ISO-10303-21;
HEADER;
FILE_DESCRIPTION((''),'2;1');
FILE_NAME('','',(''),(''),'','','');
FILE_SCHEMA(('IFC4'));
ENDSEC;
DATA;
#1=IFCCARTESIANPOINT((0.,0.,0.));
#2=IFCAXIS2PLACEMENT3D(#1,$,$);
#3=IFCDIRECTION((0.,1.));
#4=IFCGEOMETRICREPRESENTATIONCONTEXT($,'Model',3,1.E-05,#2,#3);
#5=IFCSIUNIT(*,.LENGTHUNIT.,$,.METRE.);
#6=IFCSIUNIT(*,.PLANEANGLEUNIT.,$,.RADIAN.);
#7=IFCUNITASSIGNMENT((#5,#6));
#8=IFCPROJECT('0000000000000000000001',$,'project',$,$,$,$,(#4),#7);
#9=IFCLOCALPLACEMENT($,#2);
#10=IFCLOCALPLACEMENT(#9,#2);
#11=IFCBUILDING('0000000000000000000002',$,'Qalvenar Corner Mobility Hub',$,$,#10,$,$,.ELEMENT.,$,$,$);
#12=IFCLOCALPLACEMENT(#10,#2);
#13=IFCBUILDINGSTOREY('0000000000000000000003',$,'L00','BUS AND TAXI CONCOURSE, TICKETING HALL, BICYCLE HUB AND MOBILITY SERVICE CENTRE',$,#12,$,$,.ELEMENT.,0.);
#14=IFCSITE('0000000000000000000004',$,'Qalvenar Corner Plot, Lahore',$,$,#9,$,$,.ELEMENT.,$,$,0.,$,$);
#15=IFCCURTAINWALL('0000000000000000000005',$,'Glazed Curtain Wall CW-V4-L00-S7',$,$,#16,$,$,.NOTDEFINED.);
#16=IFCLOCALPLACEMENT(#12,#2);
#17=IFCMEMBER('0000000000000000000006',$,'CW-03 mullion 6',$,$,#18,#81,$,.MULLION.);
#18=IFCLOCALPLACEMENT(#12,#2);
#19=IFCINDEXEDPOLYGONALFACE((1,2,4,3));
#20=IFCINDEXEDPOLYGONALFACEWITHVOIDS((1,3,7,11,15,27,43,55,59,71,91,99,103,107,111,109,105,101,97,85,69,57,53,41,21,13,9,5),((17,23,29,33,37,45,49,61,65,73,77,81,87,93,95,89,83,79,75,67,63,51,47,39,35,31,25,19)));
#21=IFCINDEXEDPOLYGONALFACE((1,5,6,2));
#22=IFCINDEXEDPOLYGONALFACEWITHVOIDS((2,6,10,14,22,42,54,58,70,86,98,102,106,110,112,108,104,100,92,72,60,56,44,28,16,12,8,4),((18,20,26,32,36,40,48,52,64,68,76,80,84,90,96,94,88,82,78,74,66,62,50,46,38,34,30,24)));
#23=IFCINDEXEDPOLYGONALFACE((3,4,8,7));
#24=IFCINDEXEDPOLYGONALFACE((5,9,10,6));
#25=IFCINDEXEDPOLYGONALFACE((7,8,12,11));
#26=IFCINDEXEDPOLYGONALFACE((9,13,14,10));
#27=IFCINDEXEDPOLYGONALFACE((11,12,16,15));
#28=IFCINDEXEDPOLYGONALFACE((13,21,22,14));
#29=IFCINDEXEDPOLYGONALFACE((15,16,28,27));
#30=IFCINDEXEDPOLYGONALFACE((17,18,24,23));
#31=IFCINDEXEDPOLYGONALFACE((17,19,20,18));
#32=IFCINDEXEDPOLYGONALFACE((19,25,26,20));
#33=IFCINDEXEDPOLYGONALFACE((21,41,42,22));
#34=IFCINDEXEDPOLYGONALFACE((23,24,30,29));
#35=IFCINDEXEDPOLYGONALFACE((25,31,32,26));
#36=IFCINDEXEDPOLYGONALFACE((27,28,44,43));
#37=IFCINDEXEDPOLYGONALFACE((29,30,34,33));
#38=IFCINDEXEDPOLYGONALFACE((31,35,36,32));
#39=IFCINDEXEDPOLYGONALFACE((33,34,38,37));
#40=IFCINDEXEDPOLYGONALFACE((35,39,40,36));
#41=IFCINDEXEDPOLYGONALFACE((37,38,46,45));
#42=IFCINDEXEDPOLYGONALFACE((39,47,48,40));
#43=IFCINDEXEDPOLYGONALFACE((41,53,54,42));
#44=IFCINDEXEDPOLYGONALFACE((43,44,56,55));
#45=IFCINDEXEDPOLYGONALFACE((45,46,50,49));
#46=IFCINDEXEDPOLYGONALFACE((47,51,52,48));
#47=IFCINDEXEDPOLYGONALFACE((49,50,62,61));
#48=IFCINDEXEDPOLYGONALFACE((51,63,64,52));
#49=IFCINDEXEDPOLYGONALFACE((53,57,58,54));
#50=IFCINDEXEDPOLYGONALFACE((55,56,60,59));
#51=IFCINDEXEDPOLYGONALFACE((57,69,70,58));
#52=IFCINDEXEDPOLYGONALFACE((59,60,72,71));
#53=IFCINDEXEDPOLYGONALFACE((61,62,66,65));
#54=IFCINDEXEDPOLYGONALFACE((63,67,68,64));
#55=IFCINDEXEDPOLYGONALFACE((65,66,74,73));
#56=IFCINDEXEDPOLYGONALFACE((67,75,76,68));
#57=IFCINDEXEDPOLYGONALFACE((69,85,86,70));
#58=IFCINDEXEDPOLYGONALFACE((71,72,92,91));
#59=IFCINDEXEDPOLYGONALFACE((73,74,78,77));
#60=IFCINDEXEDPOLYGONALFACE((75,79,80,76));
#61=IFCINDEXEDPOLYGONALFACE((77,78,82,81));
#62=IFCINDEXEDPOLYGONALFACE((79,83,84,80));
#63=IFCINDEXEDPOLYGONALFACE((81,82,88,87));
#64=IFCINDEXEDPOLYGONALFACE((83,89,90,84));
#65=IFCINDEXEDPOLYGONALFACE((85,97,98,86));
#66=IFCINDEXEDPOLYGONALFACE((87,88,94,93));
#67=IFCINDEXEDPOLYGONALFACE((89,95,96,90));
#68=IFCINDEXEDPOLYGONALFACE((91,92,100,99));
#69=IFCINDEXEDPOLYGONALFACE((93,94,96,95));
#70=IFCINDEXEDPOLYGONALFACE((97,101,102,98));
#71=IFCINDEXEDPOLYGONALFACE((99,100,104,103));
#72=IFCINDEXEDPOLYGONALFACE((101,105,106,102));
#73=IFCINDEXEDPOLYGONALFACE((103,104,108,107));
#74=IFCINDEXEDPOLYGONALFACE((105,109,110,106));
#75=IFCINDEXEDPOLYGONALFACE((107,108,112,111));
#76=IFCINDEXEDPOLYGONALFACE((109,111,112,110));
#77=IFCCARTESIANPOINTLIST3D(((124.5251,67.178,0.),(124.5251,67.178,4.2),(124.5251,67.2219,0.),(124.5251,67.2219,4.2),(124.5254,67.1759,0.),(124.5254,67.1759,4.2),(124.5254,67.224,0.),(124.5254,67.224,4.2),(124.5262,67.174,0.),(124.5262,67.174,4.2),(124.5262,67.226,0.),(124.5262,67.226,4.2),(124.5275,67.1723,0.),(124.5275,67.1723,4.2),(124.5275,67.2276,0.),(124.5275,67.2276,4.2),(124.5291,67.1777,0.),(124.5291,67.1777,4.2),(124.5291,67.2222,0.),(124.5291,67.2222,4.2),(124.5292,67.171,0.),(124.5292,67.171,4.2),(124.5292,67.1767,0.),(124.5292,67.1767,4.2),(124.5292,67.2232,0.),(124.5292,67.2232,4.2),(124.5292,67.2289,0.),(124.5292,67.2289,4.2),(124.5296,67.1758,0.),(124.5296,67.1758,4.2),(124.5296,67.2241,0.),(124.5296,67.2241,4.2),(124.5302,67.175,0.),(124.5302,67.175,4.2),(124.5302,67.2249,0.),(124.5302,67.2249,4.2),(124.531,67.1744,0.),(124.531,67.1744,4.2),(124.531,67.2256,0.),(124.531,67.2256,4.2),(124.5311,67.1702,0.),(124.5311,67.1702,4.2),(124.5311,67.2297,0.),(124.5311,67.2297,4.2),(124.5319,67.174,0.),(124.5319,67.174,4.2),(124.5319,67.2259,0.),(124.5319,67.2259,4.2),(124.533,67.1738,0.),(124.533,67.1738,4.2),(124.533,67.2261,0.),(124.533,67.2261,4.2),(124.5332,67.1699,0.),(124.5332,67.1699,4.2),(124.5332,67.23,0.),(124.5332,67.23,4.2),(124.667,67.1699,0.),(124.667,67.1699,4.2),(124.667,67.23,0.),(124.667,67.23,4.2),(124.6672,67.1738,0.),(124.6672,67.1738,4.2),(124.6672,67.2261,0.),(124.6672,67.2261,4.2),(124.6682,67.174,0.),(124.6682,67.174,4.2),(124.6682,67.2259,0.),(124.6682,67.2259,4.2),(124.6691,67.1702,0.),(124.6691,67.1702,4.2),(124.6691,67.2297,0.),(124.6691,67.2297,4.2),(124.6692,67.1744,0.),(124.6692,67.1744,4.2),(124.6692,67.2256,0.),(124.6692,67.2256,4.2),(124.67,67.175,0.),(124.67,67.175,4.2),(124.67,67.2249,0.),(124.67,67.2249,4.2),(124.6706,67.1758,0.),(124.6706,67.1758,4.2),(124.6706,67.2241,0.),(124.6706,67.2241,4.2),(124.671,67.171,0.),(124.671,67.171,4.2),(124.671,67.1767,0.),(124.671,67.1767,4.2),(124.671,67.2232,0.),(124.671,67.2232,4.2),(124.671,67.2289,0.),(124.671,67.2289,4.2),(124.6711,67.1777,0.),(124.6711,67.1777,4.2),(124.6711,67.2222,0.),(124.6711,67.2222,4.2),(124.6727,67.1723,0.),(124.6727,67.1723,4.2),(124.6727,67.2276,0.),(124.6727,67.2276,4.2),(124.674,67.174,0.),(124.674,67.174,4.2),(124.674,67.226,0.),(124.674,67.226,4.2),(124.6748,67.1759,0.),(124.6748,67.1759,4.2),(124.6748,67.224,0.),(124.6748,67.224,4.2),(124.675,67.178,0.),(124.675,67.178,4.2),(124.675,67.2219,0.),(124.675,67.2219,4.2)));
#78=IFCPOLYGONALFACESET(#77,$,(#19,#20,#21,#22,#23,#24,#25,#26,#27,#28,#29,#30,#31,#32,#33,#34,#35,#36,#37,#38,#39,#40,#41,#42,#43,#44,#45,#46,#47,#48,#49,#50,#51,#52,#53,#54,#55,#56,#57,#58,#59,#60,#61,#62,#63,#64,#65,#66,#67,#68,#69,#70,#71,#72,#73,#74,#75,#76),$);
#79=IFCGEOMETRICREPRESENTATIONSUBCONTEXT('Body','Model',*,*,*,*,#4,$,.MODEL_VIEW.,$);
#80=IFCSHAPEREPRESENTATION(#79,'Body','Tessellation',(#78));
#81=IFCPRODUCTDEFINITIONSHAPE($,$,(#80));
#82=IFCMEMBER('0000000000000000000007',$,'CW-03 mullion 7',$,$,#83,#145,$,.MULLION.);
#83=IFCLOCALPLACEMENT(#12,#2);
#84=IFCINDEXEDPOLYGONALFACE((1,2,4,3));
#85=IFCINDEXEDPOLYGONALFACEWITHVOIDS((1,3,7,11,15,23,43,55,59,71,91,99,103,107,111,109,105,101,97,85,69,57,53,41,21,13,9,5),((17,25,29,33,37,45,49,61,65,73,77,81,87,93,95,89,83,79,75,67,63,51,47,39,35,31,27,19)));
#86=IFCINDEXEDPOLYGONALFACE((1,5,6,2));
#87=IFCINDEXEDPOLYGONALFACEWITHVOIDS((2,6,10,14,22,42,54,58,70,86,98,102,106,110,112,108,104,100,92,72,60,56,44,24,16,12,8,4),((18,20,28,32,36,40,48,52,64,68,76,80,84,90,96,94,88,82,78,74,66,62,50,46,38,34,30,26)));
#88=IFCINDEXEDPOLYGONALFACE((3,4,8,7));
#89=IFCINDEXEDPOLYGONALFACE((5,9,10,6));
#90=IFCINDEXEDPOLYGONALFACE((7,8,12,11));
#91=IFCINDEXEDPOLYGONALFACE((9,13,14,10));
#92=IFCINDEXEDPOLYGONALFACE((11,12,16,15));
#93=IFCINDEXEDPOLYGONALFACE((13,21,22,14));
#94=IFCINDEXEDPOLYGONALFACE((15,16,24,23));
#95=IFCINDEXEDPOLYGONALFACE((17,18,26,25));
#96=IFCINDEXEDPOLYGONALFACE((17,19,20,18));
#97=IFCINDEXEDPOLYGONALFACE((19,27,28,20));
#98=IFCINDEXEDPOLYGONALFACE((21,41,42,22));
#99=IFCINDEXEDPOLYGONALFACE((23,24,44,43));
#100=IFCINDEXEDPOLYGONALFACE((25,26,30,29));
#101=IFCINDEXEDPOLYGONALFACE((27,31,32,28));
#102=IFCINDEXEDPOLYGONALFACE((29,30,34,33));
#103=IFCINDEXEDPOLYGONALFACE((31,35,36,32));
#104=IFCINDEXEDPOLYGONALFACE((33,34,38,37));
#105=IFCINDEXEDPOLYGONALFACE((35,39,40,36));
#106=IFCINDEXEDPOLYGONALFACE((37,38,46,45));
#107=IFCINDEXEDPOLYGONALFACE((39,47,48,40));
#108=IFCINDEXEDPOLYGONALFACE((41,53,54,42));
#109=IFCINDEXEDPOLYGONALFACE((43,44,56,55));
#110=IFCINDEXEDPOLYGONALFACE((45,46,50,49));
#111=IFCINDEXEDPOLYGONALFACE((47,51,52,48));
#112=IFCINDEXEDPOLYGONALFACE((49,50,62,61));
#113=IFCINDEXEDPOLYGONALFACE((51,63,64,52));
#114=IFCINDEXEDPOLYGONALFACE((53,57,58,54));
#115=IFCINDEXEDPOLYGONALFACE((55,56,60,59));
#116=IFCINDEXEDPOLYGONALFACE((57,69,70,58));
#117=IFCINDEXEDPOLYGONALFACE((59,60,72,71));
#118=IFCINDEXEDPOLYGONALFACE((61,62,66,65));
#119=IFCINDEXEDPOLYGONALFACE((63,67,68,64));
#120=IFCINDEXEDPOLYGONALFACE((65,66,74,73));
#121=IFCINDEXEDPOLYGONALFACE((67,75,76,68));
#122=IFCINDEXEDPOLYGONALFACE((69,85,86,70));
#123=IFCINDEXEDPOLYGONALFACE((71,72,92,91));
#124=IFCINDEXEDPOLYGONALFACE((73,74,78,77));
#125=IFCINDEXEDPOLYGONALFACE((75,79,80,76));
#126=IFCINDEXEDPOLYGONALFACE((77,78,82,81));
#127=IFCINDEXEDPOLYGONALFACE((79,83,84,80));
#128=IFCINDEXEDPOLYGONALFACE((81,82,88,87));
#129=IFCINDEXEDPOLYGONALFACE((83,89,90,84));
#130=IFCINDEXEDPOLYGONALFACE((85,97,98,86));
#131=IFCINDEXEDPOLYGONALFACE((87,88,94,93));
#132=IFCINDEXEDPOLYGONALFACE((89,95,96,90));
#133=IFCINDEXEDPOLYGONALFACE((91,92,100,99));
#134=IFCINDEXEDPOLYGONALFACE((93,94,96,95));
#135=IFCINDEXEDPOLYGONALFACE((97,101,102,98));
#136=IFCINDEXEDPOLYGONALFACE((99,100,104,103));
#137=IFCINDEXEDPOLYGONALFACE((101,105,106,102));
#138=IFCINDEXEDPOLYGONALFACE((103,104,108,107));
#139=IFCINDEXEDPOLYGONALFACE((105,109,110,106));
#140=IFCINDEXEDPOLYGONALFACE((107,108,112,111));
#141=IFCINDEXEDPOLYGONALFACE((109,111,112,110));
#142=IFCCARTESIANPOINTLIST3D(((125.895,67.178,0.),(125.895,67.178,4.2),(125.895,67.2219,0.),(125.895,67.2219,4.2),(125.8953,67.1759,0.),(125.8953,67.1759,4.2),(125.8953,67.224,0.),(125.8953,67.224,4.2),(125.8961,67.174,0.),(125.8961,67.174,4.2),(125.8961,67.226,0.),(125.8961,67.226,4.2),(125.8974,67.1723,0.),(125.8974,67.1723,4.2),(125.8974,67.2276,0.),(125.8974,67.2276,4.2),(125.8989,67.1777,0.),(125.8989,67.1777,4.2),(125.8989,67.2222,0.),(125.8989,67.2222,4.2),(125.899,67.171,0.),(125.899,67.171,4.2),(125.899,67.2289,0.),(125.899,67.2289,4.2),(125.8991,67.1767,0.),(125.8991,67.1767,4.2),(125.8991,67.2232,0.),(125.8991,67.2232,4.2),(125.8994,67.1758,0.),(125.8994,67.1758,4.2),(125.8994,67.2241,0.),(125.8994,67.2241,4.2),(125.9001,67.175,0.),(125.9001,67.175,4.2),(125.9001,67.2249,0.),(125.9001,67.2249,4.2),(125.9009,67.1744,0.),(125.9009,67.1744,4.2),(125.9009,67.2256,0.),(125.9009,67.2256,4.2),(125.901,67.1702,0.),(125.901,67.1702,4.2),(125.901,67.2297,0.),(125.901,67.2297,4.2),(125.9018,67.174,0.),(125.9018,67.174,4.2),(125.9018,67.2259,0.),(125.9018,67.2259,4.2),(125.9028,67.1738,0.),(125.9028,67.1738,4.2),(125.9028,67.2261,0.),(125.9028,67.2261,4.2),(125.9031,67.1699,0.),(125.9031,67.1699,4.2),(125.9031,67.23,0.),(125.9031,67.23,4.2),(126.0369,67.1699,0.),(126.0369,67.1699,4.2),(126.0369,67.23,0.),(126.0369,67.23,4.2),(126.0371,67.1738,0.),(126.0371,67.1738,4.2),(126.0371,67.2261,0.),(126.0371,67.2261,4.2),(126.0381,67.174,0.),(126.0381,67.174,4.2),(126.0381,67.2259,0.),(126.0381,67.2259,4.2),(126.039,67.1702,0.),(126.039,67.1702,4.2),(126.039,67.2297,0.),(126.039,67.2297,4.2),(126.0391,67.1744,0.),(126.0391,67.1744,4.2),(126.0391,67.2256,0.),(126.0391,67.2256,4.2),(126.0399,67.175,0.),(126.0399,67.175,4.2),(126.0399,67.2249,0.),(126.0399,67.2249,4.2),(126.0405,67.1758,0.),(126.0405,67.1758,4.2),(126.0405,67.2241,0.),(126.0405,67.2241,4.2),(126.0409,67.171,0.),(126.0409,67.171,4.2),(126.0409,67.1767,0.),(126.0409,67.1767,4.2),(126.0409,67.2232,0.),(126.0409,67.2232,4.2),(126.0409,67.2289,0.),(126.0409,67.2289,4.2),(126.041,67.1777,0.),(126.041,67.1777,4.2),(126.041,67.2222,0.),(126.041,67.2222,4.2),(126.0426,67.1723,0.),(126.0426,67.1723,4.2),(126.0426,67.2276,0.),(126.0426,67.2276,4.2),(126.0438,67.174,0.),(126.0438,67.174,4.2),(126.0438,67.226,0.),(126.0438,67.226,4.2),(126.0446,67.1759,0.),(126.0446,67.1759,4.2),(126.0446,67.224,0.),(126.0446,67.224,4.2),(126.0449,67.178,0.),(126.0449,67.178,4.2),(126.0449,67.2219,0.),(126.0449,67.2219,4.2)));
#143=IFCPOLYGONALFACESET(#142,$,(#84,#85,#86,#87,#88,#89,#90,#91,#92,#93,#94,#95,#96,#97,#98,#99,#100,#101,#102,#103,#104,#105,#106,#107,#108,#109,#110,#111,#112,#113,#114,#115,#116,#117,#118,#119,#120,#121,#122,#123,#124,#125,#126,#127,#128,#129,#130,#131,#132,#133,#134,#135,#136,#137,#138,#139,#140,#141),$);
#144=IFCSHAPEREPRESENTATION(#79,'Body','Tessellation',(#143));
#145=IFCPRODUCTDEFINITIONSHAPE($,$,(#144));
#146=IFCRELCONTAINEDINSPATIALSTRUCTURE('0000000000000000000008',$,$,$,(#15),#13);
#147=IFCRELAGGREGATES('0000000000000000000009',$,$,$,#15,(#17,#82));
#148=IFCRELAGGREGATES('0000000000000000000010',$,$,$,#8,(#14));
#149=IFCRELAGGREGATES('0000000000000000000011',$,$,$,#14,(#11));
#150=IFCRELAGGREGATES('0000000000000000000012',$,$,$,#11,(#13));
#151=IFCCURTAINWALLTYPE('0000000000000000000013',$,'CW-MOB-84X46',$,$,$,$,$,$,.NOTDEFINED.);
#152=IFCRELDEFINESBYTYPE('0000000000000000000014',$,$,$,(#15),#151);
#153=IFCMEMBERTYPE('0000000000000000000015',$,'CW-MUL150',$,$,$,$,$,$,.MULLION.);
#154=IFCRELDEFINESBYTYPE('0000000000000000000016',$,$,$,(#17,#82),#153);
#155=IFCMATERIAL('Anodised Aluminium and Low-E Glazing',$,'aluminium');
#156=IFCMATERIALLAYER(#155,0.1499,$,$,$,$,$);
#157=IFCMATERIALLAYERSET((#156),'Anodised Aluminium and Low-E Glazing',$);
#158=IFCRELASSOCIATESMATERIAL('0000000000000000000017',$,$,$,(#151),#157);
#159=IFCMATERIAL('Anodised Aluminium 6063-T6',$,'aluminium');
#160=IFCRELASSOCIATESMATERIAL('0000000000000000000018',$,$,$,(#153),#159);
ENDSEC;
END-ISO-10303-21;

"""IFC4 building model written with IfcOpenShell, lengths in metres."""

from ifc_helpers import new_model, si_unit, direction, frame, origin, origin_2d, place, context, subcontext, project, spatial, hollow_rectangle, extrude, material, layer, layer_set, material_profile, profile_set, type_object, element, aggregate, save


model = new_model("IFC4")

# Units and contexts
model_context = context("Model", 3, precision=1e-05, world=origin(), true_north=direction((0.0, 1.0)))
body_context = subcontext(model_context, "Body", "Model", "MODEL_VIEW")
ifc_project = project(units=[si_unit("LENGTHUNIT", "METRE"), si_unit("PLANEANGLEUNIT", "RADIAN")], contexts=[model_context])

# Site, building, storey
site_placement = place(None, origin())
site = spatial("IfcSite", under=ifc_project, at=site_placement, Name="Qalvenar Corner Plot, Lahore", CompositionType="ELEMENT", RefElevation=0.0)
building_placement = place(site_placement, origin())
building = spatial("IfcBuilding", under=site, at=building_placement, Name="Qalvenar Corner Mobility Hub", CompositionType="ELEMENT")
storey_placement = place(building_placement, origin())
storey = spatial("IfcBuildingStorey", under=building, at=storey_placement, Name="L00", Description="BUS AND TAXI CONCOURSE, TICKETING HALL, BICYCLE HUB AND MOBILITY SERVICE CENTRE", CompositionType="ELEMENT", Elevation=0.0)

# Curtain wall, members
ifc_material_1 = material(Name="Anodised Aluminium and Low-E Glazing", Category="aluminium")
ifc_layer_1 = layer(ifc_material_1, 0.1499)
ifc_layer_set_1 = layer_set([ifc_layer_1], Name="Anodised Aluminium and Low-E Glazing")
curtain_wall_type = type_object("IfcCurtainWallType", Name="CW-MOB-84X46", PredefinedType="NOTDEFINED", material=ifc_layer_set_1)
curtain_wall_placement = place(storey_placement, origin())
curtain_wall = element("IfcCurtainWall", 1, at=curtain_wall_placement, inside=storey, type_object=curtain_wall_type, Name="Glazed Curtain Wall CW-V4-L00-S7", PredefinedType="NOTDEFINED")
ifc_material_2 = material(Name="Anodised Aluminium 6063-T6", Category="aluminium")
ifc_material_profile_1 = material_profile(ifc_material_2, hollow_rectangle(XDim=0.0601, YDim=0.1499, WallThickness=0.0039, InnerFilletRadius=0.0039, OuterFilletRadius=0.0081, at=origin_2d()), Name="RHS150x60x4")
ifc_profile_set_1 = profile_set([ifc_material_profile_1], Name="Anodised Aluminium 6063-T6")
member_type_1 = type_object("IfcMemberType", Name="CW-MUL150", PredefinedType="MULLION", material=ifc_profile_set_1)
member_1_placement = place(storey_placement, frame((124.6001, 67.2, 0.0), z_axis=(0.0, 0.0, 1.0), x_axis=(0.0, 1.0, 0.0)))
member_1 = element("IfcMember", 2, at=member_1_placement, type_object=member_type_1, Name="CW-03 mullion 6", PredefinedType="MULLION", context=body_context, shape_type="SweptSolid", body=[
    extrude(hollow_rectangle(XDim=0.0601, YDim=0.1499, WallThickness=0.0039, InnerFilletRadius=0.0039, OuterFilletRadius=0.0081, at=origin_2d()), origin(), (0.0, 0.0, 1.0), 4.2),
])
member_2_placement = place(storey_placement, frame((125.97, 67.2, 0.0), z_axis=(0.0, 0.0, 1.0), x_axis=(0.0, 1.0, 0.0)))
member_2 = element("IfcMember", 3, at=member_2_placement, type_object=member_type_1, Name="CW-03 mullion 7", PredefinedType="MULLION", context=body_context, shape_type="SweptSolid", body=[
    extrude(hollow_rectangle(XDim=0.0601, YDim=0.1499, WallThickness=0.0039, InnerFilletRadius=0.0039, OuterFilletRadius=0.0081, at=origin_2d()), origin(), (0.0, 0.0, 1.0), 4.2),
])
aggregate(curtain_wall, [member_1, member_2])

save(model, "model.ifc")
